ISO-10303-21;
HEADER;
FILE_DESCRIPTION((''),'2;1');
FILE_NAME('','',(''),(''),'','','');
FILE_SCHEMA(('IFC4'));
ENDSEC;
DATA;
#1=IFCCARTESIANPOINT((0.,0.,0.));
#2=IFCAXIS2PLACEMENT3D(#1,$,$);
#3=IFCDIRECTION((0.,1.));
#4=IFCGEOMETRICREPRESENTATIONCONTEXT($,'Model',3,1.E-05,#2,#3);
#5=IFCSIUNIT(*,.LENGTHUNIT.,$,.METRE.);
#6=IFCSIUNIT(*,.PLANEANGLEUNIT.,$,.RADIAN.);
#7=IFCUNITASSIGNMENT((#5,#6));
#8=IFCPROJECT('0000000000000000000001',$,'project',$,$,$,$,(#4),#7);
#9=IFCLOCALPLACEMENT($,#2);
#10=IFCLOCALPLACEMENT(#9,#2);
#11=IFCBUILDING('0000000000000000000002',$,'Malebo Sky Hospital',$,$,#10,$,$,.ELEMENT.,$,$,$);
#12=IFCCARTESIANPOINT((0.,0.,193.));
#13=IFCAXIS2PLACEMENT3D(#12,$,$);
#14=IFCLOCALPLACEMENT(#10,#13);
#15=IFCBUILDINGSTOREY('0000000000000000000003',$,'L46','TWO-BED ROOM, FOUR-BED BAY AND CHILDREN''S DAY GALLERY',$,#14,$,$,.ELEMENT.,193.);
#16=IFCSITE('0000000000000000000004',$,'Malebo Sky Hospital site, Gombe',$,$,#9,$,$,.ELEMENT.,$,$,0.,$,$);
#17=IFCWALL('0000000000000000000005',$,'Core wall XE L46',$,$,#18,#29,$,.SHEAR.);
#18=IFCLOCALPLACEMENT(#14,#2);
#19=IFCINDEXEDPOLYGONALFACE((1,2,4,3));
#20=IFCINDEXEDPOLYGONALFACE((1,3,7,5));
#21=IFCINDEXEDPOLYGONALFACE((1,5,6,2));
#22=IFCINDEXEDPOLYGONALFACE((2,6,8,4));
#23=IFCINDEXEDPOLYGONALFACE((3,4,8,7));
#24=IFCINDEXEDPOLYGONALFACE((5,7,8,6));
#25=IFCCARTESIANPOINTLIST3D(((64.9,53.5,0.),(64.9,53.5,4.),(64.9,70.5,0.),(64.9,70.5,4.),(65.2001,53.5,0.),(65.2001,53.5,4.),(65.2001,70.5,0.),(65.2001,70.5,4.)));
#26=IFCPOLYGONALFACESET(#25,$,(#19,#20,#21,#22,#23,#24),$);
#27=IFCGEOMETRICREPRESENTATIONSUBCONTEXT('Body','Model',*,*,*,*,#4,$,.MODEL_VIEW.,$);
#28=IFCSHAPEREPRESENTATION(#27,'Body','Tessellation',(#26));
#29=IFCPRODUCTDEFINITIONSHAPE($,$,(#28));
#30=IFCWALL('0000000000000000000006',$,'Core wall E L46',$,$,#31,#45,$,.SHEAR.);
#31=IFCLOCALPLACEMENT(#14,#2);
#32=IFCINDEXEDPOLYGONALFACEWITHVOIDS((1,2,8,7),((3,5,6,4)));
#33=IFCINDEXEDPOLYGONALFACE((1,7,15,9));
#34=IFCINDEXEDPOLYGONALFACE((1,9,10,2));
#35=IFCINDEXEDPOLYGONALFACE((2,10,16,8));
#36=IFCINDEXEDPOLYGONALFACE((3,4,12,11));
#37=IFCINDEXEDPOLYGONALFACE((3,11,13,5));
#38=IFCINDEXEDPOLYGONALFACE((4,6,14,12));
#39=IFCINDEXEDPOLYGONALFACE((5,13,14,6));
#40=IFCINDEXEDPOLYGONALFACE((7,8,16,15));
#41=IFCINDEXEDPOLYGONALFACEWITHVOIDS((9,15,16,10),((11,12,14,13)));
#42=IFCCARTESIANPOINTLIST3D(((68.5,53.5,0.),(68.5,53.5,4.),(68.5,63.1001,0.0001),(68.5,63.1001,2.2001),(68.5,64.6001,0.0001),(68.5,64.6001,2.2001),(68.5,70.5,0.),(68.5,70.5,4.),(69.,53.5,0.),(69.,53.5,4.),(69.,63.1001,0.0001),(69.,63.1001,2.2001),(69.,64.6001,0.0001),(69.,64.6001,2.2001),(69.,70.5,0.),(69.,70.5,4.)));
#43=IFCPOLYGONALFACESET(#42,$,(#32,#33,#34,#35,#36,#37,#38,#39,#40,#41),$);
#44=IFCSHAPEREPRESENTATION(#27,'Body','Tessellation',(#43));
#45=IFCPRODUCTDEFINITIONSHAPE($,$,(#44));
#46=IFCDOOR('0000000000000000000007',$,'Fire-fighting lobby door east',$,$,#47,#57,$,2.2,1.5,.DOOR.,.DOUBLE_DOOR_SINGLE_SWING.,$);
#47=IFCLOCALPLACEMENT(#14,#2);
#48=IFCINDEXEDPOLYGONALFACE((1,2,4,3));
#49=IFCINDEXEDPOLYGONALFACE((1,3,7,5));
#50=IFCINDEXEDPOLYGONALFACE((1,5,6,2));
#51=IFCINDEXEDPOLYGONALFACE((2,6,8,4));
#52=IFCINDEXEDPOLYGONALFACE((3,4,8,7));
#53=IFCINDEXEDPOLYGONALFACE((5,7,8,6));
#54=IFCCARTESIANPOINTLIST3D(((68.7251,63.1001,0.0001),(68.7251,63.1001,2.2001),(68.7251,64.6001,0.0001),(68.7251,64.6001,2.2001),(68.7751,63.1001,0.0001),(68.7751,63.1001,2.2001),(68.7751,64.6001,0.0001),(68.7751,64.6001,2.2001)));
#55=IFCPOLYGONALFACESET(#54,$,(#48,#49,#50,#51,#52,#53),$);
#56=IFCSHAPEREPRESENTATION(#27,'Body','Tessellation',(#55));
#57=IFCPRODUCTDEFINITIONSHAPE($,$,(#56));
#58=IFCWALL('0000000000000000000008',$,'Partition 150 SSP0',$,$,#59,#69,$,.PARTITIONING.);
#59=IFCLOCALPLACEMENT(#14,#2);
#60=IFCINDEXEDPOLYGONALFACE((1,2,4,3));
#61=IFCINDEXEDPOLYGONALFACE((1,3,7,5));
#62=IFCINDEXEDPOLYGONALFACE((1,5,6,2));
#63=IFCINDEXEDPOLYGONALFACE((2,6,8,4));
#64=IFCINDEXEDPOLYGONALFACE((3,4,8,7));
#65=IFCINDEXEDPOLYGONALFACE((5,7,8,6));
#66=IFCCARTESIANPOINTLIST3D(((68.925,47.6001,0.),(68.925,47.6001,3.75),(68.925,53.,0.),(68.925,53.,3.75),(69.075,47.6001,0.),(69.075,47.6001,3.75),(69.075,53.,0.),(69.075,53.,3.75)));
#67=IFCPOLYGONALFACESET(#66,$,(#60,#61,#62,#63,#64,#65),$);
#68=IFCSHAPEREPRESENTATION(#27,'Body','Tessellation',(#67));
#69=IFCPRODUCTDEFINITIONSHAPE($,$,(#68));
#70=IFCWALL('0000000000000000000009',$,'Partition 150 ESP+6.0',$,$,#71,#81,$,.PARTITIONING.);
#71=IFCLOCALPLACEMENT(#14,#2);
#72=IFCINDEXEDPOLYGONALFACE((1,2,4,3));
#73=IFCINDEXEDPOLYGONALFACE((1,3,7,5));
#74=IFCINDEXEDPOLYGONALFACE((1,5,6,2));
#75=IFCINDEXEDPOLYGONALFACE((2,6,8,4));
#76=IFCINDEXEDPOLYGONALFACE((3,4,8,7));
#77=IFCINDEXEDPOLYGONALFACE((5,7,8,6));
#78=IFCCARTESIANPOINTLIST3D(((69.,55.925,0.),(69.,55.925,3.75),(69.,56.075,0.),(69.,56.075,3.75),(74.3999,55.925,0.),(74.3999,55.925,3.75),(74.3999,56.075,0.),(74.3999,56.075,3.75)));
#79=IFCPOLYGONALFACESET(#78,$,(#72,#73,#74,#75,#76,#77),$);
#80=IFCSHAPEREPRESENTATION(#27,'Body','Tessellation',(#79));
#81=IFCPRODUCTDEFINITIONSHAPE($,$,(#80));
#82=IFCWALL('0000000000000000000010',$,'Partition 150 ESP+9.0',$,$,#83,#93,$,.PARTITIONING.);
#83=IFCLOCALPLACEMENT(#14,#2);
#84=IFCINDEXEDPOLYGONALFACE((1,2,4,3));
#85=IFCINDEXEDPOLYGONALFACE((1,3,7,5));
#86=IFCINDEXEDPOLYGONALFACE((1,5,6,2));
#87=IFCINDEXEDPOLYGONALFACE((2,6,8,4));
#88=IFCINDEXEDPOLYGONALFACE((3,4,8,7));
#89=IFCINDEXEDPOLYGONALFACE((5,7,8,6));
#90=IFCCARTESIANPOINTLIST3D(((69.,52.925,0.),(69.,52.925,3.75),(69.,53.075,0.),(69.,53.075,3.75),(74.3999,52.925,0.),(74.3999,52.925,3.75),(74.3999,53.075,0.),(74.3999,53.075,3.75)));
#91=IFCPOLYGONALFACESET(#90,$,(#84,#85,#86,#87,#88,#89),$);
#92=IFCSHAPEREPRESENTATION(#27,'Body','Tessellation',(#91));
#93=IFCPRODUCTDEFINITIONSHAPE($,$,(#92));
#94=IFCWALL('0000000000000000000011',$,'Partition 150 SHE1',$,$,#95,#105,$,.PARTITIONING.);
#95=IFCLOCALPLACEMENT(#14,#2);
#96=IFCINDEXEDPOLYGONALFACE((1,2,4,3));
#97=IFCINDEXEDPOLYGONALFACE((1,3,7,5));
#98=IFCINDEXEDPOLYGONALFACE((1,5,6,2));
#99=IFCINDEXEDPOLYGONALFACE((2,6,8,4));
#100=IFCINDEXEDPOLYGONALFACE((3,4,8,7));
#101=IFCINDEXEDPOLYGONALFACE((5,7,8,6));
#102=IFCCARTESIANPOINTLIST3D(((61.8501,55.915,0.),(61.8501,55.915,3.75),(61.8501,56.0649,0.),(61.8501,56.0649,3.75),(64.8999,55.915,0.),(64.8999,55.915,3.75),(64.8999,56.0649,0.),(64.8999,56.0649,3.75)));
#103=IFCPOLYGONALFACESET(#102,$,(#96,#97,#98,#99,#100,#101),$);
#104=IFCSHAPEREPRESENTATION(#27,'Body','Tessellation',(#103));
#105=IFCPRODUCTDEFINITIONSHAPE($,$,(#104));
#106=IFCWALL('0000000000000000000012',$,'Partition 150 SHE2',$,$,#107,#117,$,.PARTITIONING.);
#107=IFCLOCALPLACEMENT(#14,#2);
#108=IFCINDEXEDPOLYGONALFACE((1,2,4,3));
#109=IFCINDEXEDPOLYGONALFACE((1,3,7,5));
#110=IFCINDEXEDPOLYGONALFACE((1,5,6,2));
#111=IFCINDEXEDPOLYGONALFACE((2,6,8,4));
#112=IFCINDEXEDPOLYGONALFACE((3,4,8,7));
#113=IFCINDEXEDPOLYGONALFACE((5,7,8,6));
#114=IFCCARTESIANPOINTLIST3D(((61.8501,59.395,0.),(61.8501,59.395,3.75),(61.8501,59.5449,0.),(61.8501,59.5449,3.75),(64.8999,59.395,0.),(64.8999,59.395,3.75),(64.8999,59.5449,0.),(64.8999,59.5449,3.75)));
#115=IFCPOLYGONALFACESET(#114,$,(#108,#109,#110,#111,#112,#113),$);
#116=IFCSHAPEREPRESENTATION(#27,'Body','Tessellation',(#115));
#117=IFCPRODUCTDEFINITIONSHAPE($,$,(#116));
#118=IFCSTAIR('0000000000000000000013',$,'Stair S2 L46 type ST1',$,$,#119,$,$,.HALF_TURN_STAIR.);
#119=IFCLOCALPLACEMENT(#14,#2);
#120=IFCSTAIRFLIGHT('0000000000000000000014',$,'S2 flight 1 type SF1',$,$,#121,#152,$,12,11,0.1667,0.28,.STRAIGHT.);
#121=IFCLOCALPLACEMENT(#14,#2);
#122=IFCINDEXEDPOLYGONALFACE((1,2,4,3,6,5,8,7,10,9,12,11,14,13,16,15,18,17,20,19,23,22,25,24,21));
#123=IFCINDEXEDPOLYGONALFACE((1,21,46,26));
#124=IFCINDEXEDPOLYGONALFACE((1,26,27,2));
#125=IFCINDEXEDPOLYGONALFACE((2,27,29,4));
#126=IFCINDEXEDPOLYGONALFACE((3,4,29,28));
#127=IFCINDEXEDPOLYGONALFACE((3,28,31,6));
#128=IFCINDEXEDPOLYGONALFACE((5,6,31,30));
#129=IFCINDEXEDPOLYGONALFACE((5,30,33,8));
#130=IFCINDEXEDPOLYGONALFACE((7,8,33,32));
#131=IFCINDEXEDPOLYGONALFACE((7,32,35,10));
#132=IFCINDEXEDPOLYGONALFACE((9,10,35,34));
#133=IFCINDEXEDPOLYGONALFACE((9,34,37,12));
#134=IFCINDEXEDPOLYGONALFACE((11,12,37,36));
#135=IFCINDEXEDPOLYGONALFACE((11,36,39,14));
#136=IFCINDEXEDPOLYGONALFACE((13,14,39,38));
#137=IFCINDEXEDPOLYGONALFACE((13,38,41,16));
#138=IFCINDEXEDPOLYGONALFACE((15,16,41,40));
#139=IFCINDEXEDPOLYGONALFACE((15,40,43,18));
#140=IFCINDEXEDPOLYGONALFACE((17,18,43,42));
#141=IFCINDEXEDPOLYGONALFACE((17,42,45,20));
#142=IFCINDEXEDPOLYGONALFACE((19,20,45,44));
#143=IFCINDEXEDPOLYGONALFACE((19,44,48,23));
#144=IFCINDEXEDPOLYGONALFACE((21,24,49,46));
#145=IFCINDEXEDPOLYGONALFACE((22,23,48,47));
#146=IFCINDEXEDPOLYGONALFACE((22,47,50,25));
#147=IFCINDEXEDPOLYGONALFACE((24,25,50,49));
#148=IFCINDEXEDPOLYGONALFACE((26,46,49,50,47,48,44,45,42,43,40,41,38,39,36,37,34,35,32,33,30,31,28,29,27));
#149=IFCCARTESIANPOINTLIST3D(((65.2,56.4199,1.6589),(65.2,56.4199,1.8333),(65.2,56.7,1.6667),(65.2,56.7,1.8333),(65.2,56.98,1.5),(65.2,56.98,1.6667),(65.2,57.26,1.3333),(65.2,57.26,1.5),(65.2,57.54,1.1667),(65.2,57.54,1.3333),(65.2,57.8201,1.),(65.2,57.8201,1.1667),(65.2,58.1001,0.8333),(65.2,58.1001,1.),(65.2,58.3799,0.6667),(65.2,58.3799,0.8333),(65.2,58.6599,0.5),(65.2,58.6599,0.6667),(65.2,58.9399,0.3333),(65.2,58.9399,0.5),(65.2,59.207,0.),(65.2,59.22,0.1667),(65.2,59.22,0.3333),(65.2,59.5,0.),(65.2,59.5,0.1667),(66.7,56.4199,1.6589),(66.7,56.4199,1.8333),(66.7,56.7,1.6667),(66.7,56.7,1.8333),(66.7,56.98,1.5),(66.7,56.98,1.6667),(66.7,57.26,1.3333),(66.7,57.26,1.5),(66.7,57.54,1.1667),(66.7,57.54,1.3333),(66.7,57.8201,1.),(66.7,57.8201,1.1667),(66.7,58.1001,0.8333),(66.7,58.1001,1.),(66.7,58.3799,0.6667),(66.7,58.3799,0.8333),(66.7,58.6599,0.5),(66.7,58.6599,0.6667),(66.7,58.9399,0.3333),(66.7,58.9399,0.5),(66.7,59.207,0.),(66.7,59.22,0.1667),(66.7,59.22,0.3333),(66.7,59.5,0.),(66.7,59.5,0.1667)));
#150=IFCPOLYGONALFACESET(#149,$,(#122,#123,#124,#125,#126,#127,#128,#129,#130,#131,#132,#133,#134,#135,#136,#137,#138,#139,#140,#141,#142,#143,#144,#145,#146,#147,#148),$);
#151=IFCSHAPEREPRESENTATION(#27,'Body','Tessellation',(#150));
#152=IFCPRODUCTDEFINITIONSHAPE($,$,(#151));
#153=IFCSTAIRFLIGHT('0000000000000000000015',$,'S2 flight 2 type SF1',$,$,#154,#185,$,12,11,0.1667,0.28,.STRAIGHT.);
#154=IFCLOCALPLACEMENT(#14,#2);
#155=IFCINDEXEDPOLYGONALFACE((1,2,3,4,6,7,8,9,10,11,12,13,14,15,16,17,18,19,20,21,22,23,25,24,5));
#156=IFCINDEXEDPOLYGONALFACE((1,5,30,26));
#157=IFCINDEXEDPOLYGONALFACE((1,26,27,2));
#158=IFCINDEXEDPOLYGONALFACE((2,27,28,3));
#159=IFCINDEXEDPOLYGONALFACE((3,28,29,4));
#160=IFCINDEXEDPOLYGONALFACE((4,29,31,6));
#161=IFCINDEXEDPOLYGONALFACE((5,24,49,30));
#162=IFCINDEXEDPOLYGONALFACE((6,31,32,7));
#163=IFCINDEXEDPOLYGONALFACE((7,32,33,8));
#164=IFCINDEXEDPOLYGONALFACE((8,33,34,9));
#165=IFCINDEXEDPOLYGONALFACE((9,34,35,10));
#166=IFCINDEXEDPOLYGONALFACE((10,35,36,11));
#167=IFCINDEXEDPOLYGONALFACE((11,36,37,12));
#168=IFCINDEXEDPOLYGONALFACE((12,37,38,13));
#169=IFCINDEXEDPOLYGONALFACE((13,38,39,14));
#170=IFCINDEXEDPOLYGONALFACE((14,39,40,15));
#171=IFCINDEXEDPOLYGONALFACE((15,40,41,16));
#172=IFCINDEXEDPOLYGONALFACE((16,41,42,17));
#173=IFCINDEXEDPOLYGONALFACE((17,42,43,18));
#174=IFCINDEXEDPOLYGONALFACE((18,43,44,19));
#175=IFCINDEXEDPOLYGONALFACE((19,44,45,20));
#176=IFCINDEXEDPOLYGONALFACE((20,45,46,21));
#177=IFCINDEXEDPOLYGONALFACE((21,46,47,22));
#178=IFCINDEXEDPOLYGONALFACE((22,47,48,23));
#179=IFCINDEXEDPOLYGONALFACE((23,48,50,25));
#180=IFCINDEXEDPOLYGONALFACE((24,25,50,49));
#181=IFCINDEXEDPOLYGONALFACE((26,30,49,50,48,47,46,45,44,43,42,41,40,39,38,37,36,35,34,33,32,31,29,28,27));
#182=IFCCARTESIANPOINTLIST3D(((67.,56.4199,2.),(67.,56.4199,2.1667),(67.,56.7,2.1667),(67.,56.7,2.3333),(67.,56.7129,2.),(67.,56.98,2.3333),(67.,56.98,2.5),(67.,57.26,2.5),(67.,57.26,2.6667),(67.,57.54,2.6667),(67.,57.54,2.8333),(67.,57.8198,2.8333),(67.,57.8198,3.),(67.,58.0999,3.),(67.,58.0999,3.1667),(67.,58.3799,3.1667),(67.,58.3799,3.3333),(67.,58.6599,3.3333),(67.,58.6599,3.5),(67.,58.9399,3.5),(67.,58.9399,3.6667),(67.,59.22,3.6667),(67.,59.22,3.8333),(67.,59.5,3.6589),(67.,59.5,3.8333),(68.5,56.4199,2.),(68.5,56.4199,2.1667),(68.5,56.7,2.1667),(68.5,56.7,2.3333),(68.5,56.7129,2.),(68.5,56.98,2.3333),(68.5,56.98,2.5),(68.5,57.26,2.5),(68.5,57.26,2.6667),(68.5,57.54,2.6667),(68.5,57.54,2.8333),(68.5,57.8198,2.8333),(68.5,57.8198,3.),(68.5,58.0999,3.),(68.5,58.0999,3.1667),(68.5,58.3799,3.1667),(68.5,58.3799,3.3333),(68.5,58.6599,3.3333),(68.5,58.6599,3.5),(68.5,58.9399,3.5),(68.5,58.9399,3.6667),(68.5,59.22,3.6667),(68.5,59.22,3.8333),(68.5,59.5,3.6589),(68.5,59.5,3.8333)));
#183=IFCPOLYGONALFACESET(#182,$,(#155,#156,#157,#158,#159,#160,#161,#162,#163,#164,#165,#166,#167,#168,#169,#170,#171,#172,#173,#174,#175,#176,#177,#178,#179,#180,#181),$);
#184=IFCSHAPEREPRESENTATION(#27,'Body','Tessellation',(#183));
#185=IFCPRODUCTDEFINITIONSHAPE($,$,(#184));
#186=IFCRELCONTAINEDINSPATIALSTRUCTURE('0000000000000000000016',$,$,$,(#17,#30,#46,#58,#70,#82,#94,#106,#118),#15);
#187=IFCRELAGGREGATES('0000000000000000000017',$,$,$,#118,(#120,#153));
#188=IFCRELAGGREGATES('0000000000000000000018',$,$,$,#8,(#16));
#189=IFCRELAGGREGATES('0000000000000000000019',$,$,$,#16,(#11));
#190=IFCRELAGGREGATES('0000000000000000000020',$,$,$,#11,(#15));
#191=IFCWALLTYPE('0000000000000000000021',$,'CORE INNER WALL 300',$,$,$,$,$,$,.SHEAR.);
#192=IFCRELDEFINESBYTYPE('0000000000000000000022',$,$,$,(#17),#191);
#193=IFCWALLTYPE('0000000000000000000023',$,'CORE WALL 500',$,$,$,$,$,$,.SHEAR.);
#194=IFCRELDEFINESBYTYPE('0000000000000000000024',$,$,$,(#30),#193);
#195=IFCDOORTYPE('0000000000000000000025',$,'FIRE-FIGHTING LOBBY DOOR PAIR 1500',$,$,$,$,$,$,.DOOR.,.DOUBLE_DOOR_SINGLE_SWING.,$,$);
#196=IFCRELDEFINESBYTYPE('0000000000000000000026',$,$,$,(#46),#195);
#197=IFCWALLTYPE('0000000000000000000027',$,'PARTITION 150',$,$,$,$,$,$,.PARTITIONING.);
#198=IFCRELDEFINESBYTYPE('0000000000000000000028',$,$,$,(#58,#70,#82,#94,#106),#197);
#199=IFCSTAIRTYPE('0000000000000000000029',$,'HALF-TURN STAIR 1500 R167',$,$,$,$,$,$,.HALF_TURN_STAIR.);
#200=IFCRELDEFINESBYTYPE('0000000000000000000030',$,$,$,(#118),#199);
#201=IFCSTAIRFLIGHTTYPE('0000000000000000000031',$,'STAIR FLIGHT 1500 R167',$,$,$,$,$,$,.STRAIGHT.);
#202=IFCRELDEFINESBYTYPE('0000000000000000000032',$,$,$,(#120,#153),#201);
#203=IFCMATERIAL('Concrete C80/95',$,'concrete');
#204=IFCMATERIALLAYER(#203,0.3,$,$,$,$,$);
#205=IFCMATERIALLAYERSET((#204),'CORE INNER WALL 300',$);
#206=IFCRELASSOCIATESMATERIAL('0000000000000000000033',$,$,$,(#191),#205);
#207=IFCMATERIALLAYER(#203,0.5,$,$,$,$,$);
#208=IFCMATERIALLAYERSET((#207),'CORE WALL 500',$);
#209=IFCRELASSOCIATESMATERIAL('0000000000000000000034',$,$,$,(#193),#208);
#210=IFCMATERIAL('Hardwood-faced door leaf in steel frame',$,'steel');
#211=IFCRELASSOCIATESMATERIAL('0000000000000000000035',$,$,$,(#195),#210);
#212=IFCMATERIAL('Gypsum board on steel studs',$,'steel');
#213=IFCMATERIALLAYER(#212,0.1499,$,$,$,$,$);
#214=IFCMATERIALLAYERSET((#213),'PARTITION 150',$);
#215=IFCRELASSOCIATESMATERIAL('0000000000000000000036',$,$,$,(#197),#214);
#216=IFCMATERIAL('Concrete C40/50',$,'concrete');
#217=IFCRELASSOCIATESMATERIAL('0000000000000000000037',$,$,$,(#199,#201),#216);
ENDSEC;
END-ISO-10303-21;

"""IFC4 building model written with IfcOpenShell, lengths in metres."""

from ifc_helpers import new_model, si_unit, direction, frame, frame_2d, origin, place, context, subcontext, project, spatial, polyline, rectangle, outline, extrude, material, layer, layer_set, type_object, element, fill, aggregate, save


model = new_model("IFC4")

# Units and contexts
model_context = context("Model", 3, precision=1e-05, world=origin(), true_north=direction((0.0, 1.0)))
body_context = subcontext(model_context, "Body", "Model", "MODEL_VIEW")
ifc_project = project(units=[si_unit("LENGTHUNIT", "METRE"), si_unit("PLANEANGLEUNIT", "RADIAN")], contexts=[model_context])

# Site, building, storey
site_placement = place(None, origin())
site = spatial("IfcSite", under=ifc_project, at=site_placement, Name="Malebo Sky Hospital site, Gombe", CompositionType="ELEMENT", RefElevation=0.0)
building_placement = place(site_placement, origin())
building = spatial("IfcBuilding", under=site, at=building_placement, Name="Malebo Sky Hospital", CompositionType="ELEMENT")
storey_placement = place(building_placement, frame((0.0, 0.0, 193.0)))
storey = spatial("IfcBuildingStorey", under=building, at=storey_placement, Name="L46", Description="TWO-BED ROOM, FOUR-BED BAY AND CHILDREN'S DAY GALLERY", CompositionType="ELEMENT", Elevation=193.0)

# Shared definitions
ifc_material_1 = material(Name="Concrete C80/95", Category="concrete")
ifc_material_2 = material(Name="Hardwood-faced door leaf in steel frame", Category="steel")

# Wall
ifc_layer_1 = layer(ifc_material_1, 0.3)
ifc_layer_set_1 = layer_set([ifc_layer_1], Name="CORE INNER WALL 300")
wall_type_1 = type_object("IfcWallType", Name="CORE INNER WALL 300", PredefinedType="SHEAR", material=ifc_layer_set_1)
wall_1_placement = place(storey_placement, frame((65.05, 53.5, 0.0), z_axis=(0.0, 0.0, 1.0), x_axis=(0.0, 1.0, 0.0)))
element("IfcWall", 1, at=wall_1_placement, inside=storey, type_object=wall_type_1, Name="Core wall XE L46", PredefinedType="SHEAR", context=body_context, shape_type="SweptSolid", body=[
    extrude(rectangle(XDim=17.0, YDim=0.3, at=frame_2d((8.5, 0.0))), origin(), (0.0, 0.0, 1.0), 4.0),
])

# Wall, opening, door
ifc_layer_2 = layer(ifc_material_1, 0.5)
ifc_layer_set_2 = layer_set([ifc_layer_2], Name="CORE WALL 500")
wall_type_2 = type_object("IfcWallType", Name="CORE WALL 500", PredefinedType="SHEAR", material=ifc_layer_set_2)
wall_2_placement = place(storey_placement, frame((68.75, 53.5, 0.0), z_axis=(0.0, 0.0, 1.0), x_axis=(0.0, 1.0, 0.0)))
wall_2 = element("IfcWall", 2, at=wall_2_placement, inside=storey, type_object=wall_type_2, Name="Core wall E L46", PredefinedType="SHEAR", context=body_context, shape_type="SweptSolid", body=[
    extrude(rectangle(XDim=17.0, YDim=0.5, at=frame_2d((8.5, 0.0))), origin(), (0.0, 0.0, 1.0), 4.0),
])
opening_1_placement = place(wall_2_placement, frame((9.6001, 0.0, 0.0)))
opening_1 = element("IfcOpeningElement", 3, at=opening_1_placement, cuts=wall_2, PredefinedType="OPENING", context=body_context, shape_type="SweptSolid", body=[
    extrude(rectangle(XDim=1.5, YDim=2.2, at=frame_2d((0.75, 1.1001))), frame((0.0, 0.26, 0.0), z_axis=(0.0, -1.0, 0.0), x_axis=(1.0, 0.0, 0.0)), (0.0, 0.0, 1.0), 0.52),
])
door_type_1 = type_object("IfcDoorType", Name="FIRE-FIGHTING LOBBY DOOR PAIR 1500", OperationType="DOUBLE_DOOR_SINGLE_SWING", PredefinedType="DOOR", material=ifc_material_2)
door_1_placement = place(opening_1_placement, origin())
door_1 = element("IfcDoor", 4, at=door_1_placement, inside=storey, type_object=door_type_1, Name="Fire-fighting lobby door east", OperationType="DOUBLE_DOOR_SINGLE_SWING", OverallHeight=2.2, OverallWidth=1.5, PredefinedType="DOOR", context=body_context, shape_type="SweptSolid", body=[
    extrude(rectangle(XDim=1.5, YDim=2.2, at=frame_2d((0.75, 1.1001))), frame((0.0, 0.0249, 0.0), z_axis=(0.0, -1.0, 0.0), x_axis=(1.0, 0.0, 0.0)), (0.0, 0.0, 1.0), 0.05),
])
fill(opening_1, door_1)

# Walls
ifc_material_3 = material(Name="Gypsum board on steel studs", Category="steel")
ifc_layer_3 = layer(ifc_material_3, 0.1499)
ifc_layer_set_3 = layer_set([ifc_layer_3], Name="PARTITION 150")
wall_type_3 = type_object("IfcWallType", Name="PARTITION 150", PredefinedType="PARTITIONING", material=ifc_layer_set_3)
for number, where, z_axis, x_axis, name in (
    (5, (69.0, 53.0, 0.0), (0.0, 0.0, 1.0), (0.0, -1.0, 0.0), "Partition 150 SSP0"),
    (6, (69.0, 56.0, 0.0), (0.0, 0.0, 1.0), (1.0, 0.0, 0.0), "Partition 150 ESP+6.0"),
    (7, (69.0, 53.0, 0.0), (0.0, 0.0, 1.0), (1.0, 0.0, 0.0), "Partition 150 ESP+9.0"),
):
    element("IfcWall", number, at=place(storey_placement, frame(where, z_axis=z_axis, x_axis=x_axis)), inside=storey, type_object=wall_type_3, Name=name, PredefinedType="PARTITIONING", context=body_context, shape_type="SweptSolid", body=[
        extrude(rectangle(XDim=5.3999, YDim=0.1499, at=frame_2d((2.7, 0.0))), origin(), (0.0, 0.0, 1.0), 3.75),
    ])
for number, where, z_axis, x_axis, name in (
    (8, (61.8501, 55.99, 0.0), (0.0, 0.0, 1.0), (1.0, 0.0, 0.0), "Partition 150 SHE1"),
    (9, (61.8501, 59.47, 0.0), (0.0, 0.0, 1.0), (1.0, 0.0, 0.0), "Partition 150 SHE2"),
):
    element("IfcWall", number, at=place(storey_placement, frame(where, z_axis=z_axis, x_axis=x_axis)), inside=storey, type_object=wall_type_3, Name=name, PredefinedType="PARTITIONING", context=body_context, shape_type="SweptSolid", body=[
        extrude(rectangle(XDim=3.0498, YDim=0.1499, at=frame_2d((1.5249, 0.0))), origin(), (0.0, 0.0, 1.0), 3.75),
    ])

# Stair, stair flights
ifc_material_4 = material(Name="Concrete C40/50", Category="concrete")
stair_type = type_object("IfcStairType", Name="HALF-TURN STAIR 1500 R167", PredefinedType="HALF_TURN_STAIR", material=ifc_material_4)
stair_placement = place(storey_placement, origin())
stair = element("IfcStair", 10, at=stair_placement, inside=storey, type_object=stair_type, Name="Stair S2 L46 type ST1", PredefinedType="HALF_TURN_STAIR")
stair_flight_type = type_object("IfcStairFlightType", Name="STAIR FLIGHT 1500 R167", PredefinedType="STRAIGHT", material=ifc_material_4)
stair_flight_1_placement = place(storey_placement, frame((65.95, 59.5, 0.0), z_axis=(0.0, 0.0, 1.0), x_axis=(0.0, -1.0, 0.0)))
stair_flight_1 = element("IfcStairFlight", 11, at=stair_flight_1_placement, type_object=stair_flight_type, Name="S2 flight 1 type SF1", NumberOfRisers=12, NumberOfTreads=11, PredefinedType="STRAIGHT", RiserHeight=0.1667, TreadLength=0.28, context=body_context, shape_type="SweptSolid", body=[
    extrude(outline(polyline([(0.0, 0.0), (0.0, 0.1667), (0.28, 0.1667), (0.28, 0.3333), (0.5601, 0.3333), (0.5601, 0.5), (0.8401, 0.5), (0.8401, 0.6667), (1.1201, 0.6667), (1.1201, 0.8333), (1.3999, 0.8333), (1.3999, 1.0), (1.6799, 1.0), (1.6799, 1.1667), (1.96, 1.1667), (1.96, 1.3333), (2.24, 1.3333), (2.24, 1.5), (2.52, 1.5), (2.52, 1.6667), (2.8, 1.6667), (2.8, 1.8333), (3.0801, 1.8333), (3.0801, 2.0), (3.0801, 1.6589), (0.293, 0.0), (0.0, 0.0)])), frame((0.0, 0.75, 0.0), z_axis=(0.0, -1.0, 0.0), x_axis=(1.0, 0.0, 0.0)), (0.0, 0.0, 1.0), 1.5),
])
stair_flight_2_placement = place(storey_placement, frame((67.75, 56.4199, 2.0), z_axis=(0.0, 0.0, 1.0), x_axis=(0.0, 1.0, 0.0)))
stair_flight_2 = element("IfcStairFlight", 12, at=stair_flight_2_placement, type_object=stair_flight_type, Name="S2 flight 2 type SF1", NumberOfRisers=12, NumberOfTreads=11, PredefinedType="STRAIGHT", RiserHeight=0.1667, TreadLength=0.28, context=body_context, shape_type="SweptSolid", body=[
    extrude(outline(polyline([(0.0, 0.0), (0.0, 0.1667), (0.28, 0.1667), (0.28, 0.3333), (0.5601, 0.3333), (0.5601, 0.5), (0.8401, 0.5), (0.8401, 0.6667), (1.1201, 0.6667), (1.1201, 0.8333), (1.3999, 0.8333), (1.3999, 1.0), (1.6799, 1.0), (1.6799, 1.1667), (1.96, 1.1667), (1.96, 1.3333), (2.24, 1.3333), (2.24, 1.5), (2.52, 1.5), (2.52, 1.6667), (2.8, 1.6667), (2.8, 1.8333), (3.0801, 1.8333), (3.0801, 2.0), (3.0801, 1.6589), (0.293, 0.0), (0.0, 0.0)])), frame((0.0, 0.75, 0.0), z_axis=(0.0, -1.0, 0.0), x_axis=(1.0, 0.0, 0.0)), (0.0, 0.0, 1.0), 1.5),
])
aggregate(stair, [stair_flight_1, stair_flight_2])

save(model, "model.ifc")
